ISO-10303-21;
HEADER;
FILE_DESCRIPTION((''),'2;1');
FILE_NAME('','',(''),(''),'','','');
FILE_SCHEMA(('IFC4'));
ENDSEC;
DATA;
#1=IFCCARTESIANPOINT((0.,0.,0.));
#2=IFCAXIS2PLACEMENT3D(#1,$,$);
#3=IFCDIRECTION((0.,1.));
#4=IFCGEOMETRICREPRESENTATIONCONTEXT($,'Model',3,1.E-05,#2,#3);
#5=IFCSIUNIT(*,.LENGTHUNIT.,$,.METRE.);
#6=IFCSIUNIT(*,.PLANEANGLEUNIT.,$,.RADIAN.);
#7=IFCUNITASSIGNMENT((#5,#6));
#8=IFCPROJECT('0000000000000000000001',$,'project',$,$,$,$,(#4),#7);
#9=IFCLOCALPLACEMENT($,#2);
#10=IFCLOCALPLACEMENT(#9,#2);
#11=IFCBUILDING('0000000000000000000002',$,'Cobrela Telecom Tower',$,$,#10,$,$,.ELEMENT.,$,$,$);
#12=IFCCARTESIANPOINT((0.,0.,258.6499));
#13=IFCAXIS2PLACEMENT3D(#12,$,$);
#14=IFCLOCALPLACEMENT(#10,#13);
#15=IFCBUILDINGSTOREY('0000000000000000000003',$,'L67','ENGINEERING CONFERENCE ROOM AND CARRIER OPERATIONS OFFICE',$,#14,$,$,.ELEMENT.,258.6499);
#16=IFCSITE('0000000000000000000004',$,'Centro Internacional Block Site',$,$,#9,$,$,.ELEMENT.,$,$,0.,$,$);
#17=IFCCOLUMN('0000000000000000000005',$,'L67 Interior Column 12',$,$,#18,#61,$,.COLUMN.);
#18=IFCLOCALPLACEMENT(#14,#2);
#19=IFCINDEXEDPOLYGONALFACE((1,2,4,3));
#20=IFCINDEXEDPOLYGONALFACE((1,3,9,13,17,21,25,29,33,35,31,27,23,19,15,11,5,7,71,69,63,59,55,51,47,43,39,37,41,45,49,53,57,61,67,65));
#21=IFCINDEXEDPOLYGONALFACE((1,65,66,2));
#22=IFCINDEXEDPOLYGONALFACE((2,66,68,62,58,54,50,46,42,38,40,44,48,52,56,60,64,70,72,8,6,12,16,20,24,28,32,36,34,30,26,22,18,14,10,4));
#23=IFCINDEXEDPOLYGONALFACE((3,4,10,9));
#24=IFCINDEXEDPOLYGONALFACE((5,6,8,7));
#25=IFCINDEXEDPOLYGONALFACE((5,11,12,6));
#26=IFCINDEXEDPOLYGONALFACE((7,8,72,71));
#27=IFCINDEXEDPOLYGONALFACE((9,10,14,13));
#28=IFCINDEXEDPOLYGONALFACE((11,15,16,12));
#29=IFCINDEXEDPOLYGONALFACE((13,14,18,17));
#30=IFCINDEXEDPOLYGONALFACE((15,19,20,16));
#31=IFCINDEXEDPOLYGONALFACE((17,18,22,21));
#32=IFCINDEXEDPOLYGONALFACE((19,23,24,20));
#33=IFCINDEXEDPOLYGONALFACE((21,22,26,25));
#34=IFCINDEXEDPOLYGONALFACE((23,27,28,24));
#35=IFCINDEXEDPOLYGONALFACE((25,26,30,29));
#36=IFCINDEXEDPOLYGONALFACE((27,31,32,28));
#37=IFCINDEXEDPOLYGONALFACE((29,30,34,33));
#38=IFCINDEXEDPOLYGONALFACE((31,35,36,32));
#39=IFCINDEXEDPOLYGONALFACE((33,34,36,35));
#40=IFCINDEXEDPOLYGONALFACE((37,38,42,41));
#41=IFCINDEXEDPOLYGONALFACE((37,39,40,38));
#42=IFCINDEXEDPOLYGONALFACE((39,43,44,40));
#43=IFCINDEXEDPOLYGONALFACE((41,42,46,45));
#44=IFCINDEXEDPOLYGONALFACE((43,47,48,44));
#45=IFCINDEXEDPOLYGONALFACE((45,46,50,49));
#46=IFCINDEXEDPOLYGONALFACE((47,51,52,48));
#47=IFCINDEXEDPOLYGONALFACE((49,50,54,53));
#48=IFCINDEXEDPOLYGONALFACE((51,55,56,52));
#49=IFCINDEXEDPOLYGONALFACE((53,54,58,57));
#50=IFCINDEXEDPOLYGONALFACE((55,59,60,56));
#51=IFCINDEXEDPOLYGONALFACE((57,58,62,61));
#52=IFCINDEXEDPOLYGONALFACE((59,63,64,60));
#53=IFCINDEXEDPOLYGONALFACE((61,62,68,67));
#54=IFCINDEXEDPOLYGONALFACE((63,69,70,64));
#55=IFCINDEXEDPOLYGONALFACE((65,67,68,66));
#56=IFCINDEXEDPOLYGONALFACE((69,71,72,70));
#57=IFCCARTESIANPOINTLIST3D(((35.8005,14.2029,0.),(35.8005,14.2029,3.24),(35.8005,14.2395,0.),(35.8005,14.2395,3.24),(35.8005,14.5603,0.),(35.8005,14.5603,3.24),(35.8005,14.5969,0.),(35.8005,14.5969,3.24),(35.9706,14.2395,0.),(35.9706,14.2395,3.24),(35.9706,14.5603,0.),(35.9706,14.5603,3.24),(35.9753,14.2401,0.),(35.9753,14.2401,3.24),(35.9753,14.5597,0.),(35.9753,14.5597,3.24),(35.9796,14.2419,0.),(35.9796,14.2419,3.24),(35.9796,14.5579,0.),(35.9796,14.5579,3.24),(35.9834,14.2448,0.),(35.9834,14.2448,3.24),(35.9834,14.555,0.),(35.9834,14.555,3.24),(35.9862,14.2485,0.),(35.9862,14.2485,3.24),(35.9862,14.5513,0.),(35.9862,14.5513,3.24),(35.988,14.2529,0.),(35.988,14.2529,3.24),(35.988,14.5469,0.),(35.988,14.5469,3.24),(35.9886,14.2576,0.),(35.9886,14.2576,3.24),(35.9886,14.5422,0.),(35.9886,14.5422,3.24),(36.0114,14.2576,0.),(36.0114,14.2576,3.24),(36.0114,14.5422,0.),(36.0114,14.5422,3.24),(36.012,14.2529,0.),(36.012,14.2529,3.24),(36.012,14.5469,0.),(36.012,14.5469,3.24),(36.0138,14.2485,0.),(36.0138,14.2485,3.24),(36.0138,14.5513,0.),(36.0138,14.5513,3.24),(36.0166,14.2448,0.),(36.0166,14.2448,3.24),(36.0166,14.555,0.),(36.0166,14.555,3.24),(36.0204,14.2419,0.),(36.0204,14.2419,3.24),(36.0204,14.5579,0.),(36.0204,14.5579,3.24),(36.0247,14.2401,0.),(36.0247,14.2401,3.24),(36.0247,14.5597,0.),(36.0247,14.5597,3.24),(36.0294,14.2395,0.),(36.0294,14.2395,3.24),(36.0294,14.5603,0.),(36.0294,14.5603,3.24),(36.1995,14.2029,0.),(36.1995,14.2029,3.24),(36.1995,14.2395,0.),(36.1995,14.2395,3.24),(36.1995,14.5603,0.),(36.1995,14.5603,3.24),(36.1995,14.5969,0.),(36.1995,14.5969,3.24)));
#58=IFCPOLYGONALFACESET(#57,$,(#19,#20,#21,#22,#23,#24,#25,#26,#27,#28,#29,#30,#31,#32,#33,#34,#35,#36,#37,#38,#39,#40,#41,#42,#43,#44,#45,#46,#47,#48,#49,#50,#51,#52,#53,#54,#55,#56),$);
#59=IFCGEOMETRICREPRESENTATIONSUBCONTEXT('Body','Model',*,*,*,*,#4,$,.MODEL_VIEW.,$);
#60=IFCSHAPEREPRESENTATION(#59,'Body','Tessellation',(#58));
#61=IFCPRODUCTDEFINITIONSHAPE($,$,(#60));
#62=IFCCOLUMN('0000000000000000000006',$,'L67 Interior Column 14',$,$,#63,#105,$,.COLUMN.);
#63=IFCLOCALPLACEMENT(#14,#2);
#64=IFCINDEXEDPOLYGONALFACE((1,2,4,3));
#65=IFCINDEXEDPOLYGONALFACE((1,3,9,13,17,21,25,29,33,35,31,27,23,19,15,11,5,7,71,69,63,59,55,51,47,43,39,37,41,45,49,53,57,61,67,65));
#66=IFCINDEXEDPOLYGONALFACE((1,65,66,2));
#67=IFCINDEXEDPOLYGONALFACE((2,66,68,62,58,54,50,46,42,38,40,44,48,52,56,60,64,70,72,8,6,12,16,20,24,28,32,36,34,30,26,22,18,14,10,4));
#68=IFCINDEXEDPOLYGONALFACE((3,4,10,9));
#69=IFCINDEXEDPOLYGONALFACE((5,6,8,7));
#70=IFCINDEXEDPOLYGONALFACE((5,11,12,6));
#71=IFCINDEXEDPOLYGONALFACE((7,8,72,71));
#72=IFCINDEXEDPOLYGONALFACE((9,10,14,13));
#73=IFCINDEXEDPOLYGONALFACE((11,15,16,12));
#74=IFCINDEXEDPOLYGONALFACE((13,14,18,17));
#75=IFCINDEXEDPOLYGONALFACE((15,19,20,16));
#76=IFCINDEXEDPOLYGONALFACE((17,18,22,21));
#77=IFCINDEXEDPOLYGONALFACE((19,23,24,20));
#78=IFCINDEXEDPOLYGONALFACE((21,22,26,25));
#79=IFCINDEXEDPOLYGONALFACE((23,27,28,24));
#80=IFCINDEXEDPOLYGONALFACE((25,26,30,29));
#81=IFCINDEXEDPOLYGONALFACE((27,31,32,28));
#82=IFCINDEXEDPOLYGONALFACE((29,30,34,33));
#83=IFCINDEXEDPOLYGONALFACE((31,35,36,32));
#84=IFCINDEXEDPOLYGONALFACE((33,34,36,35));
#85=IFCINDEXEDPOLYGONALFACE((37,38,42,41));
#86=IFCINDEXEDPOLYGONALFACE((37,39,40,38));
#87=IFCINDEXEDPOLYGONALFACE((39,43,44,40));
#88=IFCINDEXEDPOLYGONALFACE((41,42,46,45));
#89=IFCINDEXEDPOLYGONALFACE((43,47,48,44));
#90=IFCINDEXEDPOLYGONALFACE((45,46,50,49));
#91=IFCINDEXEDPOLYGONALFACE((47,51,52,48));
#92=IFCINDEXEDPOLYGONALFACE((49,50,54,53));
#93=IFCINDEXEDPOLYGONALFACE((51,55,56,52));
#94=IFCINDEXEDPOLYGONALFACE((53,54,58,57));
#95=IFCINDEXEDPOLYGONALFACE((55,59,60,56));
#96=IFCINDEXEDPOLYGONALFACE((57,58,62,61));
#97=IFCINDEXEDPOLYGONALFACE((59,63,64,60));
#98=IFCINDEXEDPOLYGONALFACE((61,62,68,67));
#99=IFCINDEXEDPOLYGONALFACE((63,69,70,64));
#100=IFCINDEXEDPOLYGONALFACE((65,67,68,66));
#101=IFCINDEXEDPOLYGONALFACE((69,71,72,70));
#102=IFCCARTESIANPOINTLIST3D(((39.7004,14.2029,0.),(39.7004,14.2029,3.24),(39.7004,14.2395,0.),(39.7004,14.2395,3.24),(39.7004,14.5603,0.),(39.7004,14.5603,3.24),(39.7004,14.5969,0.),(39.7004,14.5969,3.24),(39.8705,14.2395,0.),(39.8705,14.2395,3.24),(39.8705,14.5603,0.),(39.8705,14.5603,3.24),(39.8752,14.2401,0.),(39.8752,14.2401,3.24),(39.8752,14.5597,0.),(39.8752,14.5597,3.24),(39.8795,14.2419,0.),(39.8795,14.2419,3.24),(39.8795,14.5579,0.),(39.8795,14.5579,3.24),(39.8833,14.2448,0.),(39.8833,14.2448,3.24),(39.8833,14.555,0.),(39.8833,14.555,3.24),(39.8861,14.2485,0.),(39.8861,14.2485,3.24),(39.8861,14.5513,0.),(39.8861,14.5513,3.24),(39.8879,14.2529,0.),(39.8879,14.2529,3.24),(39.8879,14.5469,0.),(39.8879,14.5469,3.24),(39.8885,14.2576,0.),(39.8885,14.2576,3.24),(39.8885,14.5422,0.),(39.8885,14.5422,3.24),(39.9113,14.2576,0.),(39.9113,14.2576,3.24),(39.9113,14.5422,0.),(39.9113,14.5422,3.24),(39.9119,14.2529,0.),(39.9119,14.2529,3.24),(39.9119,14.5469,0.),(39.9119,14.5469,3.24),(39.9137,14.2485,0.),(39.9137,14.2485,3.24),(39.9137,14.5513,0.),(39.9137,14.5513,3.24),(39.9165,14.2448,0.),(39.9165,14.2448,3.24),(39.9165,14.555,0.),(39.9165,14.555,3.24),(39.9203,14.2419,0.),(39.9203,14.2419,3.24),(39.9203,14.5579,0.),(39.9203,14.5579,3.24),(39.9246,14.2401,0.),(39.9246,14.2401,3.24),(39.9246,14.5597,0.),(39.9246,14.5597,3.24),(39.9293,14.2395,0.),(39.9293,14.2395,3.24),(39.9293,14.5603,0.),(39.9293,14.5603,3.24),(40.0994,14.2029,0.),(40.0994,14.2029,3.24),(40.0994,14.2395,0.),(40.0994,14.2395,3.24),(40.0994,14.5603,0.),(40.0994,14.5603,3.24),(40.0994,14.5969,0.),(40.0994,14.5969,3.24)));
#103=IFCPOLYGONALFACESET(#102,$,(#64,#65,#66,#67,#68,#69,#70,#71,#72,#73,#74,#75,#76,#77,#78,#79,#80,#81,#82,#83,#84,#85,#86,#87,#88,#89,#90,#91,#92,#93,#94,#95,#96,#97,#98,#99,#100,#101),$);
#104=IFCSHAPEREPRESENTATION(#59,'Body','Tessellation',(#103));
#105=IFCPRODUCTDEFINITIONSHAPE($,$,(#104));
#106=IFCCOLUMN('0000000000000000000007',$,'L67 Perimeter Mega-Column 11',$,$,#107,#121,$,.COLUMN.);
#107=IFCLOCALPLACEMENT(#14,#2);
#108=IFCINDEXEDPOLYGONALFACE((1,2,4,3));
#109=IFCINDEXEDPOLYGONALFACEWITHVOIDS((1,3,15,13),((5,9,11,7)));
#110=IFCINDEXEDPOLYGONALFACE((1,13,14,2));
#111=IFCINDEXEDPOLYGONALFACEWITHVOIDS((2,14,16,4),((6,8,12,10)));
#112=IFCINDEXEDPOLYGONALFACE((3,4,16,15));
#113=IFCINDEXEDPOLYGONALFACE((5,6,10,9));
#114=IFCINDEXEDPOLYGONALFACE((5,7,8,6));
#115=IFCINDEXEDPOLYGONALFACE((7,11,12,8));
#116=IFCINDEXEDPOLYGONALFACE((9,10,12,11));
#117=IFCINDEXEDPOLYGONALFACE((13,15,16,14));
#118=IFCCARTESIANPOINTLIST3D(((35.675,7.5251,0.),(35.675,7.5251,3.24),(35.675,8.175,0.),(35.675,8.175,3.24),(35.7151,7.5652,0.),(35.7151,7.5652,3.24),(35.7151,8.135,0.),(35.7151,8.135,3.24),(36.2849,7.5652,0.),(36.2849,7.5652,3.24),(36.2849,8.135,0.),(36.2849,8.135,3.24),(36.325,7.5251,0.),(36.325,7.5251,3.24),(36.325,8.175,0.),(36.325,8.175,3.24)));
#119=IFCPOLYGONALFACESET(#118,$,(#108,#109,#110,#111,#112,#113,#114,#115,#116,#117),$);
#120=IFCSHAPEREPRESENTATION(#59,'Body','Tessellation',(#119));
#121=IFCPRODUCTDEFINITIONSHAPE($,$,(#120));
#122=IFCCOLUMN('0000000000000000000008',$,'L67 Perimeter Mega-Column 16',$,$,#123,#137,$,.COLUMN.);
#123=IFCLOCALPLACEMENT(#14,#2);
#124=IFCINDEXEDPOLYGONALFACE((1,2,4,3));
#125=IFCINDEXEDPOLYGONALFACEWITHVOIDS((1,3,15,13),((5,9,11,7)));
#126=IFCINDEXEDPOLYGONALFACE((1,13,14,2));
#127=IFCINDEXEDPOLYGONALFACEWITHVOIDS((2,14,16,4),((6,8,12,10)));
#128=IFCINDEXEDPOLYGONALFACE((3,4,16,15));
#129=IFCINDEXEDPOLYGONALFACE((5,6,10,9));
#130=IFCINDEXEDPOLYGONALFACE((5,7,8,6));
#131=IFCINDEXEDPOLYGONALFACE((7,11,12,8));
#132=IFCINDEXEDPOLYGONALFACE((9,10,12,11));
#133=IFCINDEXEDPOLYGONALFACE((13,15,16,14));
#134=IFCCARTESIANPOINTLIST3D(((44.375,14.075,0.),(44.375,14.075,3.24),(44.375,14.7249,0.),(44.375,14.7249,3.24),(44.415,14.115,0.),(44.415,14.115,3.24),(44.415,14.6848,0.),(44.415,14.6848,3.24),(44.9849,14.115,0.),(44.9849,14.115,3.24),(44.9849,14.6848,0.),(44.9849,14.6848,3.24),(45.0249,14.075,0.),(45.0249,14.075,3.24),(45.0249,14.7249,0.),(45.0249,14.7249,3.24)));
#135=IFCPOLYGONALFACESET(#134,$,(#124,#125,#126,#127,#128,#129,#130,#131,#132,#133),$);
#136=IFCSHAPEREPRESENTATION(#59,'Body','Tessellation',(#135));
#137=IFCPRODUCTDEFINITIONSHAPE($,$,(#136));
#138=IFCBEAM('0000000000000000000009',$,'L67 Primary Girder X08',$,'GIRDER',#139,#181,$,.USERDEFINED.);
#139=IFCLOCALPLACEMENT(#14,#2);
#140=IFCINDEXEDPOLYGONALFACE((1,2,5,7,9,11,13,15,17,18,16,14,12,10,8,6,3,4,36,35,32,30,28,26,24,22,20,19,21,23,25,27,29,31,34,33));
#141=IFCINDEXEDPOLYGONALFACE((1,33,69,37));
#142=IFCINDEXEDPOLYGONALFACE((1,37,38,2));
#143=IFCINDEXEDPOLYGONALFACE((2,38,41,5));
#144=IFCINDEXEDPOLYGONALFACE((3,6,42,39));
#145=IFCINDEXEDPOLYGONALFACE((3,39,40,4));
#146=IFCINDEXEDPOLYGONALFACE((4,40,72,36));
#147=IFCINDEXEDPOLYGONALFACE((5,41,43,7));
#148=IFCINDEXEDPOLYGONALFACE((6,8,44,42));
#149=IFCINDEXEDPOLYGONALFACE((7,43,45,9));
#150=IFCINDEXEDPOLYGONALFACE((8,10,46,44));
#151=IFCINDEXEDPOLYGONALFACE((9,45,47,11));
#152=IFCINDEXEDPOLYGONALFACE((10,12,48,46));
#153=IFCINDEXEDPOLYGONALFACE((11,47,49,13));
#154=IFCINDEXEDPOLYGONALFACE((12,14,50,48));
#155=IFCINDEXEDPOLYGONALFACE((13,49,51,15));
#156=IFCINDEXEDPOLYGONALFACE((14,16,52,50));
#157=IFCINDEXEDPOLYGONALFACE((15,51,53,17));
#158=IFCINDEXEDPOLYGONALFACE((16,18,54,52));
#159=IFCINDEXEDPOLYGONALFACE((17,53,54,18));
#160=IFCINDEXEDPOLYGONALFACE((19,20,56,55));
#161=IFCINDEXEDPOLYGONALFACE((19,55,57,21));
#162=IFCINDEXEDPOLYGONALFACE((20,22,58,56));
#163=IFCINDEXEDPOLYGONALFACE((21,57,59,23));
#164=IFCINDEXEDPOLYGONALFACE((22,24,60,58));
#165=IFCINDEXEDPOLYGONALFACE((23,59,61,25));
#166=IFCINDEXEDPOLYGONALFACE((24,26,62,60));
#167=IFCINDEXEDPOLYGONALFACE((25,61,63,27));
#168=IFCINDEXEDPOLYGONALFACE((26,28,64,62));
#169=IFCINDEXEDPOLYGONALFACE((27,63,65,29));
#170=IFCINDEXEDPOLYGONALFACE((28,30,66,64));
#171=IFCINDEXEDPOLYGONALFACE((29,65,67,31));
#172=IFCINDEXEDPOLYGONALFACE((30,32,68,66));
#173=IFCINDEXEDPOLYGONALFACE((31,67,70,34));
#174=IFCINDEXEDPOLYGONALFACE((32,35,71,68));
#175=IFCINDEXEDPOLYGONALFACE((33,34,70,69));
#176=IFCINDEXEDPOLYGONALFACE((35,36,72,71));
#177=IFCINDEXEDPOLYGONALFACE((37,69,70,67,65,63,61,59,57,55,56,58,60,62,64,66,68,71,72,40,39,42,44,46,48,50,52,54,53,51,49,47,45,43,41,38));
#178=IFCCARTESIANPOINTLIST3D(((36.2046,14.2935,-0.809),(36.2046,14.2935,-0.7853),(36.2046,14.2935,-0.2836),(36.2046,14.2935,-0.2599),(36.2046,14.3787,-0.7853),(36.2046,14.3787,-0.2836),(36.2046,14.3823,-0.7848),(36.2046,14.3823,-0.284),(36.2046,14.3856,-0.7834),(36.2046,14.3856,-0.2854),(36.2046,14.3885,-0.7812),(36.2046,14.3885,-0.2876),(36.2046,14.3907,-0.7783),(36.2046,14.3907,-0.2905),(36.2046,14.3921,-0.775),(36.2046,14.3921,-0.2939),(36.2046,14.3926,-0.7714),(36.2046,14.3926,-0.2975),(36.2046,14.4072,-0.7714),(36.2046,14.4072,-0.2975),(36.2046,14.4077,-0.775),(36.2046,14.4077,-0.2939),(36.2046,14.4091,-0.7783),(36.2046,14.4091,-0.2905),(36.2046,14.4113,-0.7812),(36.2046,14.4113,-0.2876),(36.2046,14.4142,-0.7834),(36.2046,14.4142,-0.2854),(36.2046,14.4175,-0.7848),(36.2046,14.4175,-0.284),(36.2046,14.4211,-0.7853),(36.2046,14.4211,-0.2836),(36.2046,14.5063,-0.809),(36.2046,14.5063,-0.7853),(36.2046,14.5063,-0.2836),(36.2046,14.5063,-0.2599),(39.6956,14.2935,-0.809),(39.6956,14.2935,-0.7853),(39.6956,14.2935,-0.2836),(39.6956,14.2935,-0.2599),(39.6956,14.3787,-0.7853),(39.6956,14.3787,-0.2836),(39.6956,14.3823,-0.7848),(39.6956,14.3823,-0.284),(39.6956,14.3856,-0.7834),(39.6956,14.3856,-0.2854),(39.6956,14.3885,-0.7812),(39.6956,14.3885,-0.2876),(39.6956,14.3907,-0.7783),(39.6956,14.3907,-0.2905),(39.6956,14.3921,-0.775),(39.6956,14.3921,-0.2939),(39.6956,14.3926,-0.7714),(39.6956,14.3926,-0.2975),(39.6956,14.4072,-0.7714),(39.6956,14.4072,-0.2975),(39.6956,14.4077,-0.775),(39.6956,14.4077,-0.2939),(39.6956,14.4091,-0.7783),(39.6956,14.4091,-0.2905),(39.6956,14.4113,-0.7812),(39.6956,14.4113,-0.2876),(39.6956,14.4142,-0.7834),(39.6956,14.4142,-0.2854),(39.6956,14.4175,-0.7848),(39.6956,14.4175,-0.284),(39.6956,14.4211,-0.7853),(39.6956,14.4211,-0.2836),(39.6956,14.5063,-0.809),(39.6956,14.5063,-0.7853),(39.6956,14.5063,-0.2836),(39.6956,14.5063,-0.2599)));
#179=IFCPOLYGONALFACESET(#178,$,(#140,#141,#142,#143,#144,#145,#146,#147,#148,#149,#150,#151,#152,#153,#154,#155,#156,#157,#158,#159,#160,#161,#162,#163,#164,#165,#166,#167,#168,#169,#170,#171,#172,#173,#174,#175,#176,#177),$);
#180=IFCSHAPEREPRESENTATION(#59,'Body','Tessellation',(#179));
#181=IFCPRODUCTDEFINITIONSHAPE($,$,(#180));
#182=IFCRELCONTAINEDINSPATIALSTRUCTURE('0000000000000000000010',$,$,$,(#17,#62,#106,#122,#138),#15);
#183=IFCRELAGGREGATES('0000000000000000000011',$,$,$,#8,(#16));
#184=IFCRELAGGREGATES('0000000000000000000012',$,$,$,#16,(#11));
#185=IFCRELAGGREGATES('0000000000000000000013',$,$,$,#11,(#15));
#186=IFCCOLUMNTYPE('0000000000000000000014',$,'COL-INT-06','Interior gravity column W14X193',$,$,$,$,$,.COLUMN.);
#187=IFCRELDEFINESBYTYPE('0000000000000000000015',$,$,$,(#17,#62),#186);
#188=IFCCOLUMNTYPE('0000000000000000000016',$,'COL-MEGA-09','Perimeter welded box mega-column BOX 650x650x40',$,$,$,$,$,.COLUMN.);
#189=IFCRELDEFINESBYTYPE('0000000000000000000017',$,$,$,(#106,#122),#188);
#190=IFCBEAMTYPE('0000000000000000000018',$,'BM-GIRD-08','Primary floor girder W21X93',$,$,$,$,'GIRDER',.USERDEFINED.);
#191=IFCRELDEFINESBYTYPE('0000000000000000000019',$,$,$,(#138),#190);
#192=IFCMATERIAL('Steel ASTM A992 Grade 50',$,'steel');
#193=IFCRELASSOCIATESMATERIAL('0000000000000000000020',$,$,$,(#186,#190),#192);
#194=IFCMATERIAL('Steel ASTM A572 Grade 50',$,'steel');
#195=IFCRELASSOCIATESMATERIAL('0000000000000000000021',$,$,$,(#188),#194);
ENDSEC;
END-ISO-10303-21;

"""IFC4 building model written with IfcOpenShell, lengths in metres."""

from ifc_helpers import new_model, si_unit, direction, frame, origin, origin_2d, place, context, subcontext, project, spatial, hollow_rectangle, i_section, extrude, material, material_profile, profile_set, type_object, element, save


model = new_model("IFC4")

# Units and contexts
model_context = context("Model", 3, precision=1e-05, world=origin(), true_north=direction((0.0, 1.0)))
body_context = subcontext(model_context, "Body", "Model", "MODEL_VIEW")
ifc_project = project(units=[si_unit("LENGTHUNIT", "METRE"), si_unit("PLANEANGLEUNIT", "RADIAN")], contexts=[model_context])

# Site, building, storey
site_placement = place(None, origin())
site = spatial("IfcSite", under=ifc_project, at=site_placement, Name="Centro Internacional Block Site", CompositionType="ELEMENT", RefElevation=0.0)
building_placement = place(site_placement, origin())
building = spatial("IfcBuilding", under=site, at=building_placement, Name="Cobrela Telecom Tower", CompositionType="ELEMENT")
storey_placement = place(building_placement, frame((0.0, 0.0, 258.6499)))
storey = spatial("IfcBuildingStorey", under=building, at=storey_placement, Name="L67", Description="ENGINEERING CONFERENCE ROOM AND CARRIER OPERATIONS OFFICE", CompositionType="ELEMENT", Elevation=258.6499)

# Columns
ifc_material_1 = material(Name="Steel ASTM A992 Grade 50", Category="steel")
ifc_material_profile_1 = material_profile(ifc_material_1, i_section(OverallWidth=0.3989, OverallDepth=0.394, WebThickness=0.0227, FlangeThickness=0.0366, FilletRadius=0.0181, at=origin_2d()), Name="W14X193")
ifc_profile_set_1 = profile_set([ifc_material_profile_1], Name="Steel ASTM A992 Grade 50")
column_type_1 = type_object("IfcColumnType", Name="COL-INT-06", Description="Interior gravity column W14X193", PredefinedType="COLUMN", material=ifc_profile_set_1)
for number, where, z_axis, x_axis, name in (
    (1, (36.0, 14.3999, 0.0), (0.0, 0.0, 1.0), (1.0, 0.0, 0.0), "L67 Interior Column 12"),
    (2, (39.8999, 14.3999, 0.0), (0.0, 0.0, 1.0), (1.0, 0.0, 0.0), "L67 Interior Column 14"),
):
    element("IfcColumn", number, at=place(storey_placement, frame(where, z_axis=z_axis, x_axis=x_axis)), inside=storey, type_object=column_type_1, Name=name, PredefinedType="COLUMN", context=body_context, shape_type="SweptSolid", body=[
        extrude(i_section(OverallWidth=0.3989, OverallDepth=0.394, WebThickness=0.0227, FlangeThickness=0.0366, FilletRadius=0.0181, at=origin_2d()), origin(), (0.0, 0.0, 1.0), 3.24),
    ])
ifc_material_2 = material(Name="Steel ASTM A572 Grade 50", Category="steel")
ifc_material_profile_2 = material_profile(ifc_material_2, hollow_rectangle(XDim=0.6499, YDim=0.6499, WallThickness=0.04, at=origin_2d()), Name="BOX 650x650x40")
ifc_profile_set_2 = profile_set([ifc_material_profile_2], Name="Steel ASTM A572 Grade 50")
column_type_2 = type_object("IfcColumnType", Name="COL-MEGA-09", Description="Perimeter welded box mega-column BOX 650x650x40", PredefinedType="COLUMN", material=ifc_profile_set_2)
for number, where, z_axis, x_axis, name in (
    (3, (36.0, 7.8501, 0.0), (0.0, 0.0, 1.0), (1.0, 0.0, 0.0), "L67 Perimeter Mega-Column 11"),
    (4, (44.7, 14.3999, 0.0), (0.0, 0.0, 1.0), (1.0, 0.0, 0.0), "L67 Perimeter Mega-Column 16"),
):
    element("IfcColumn", number, at=place(storey_placement, frame(where, z_axis=z_axis, x_axis=x_axis)), inside=storey, type_object=column_type_2, Name=name, PredefinedType="COLUMN", context=body_context, shape_type="SweptSolid", body=[
        extrude(hollow_rectangle(XDim=0.6499, YDim=0.6499, WallThickness=0.04, at=origin_2d()), origin(), (0.0, 0.0, 1.0), 3.24),
    ])

# Beam
ifc_material_profile_3 = material_profile(ifc_material_1, i_section(OverallWidth=0.2129, OverallDepth=0.5491, WebThickness=0.0146, FlangeThickness=0.0237, FilletRadius=0.0139, at=origin_2d()), Name="W21X93")
ifc_profile_set_3 = profile_set([ifc_material_profile_3], Name="Steel ASTM A992 Grade 50")
beam_type_1 = type_object("IfcBeamType", Name="BM-GIRD-08", Description="Primary floor girder W21X93", ElementType="GIRDER", PredefinedType="USERDEFINED", material=ifc_profile_set_3)
beam_1_placement = place(storey_placement, frame((36.2046, 14.3999, -0.5344), z_axis=(1.0, 0.0, 0.0), x_axis=(0.0, 1.0, 0.0)))
element("IfcBeam", 5, at=beam_1_placement, inside=storey, type_object=beam_type_1, Name="L67 Primary Girder X08", ObjectType="GIRDER", PredefinedType="USERDEFINED", context=body_context, shape_type="SweptSolid", body=[
    extrude(i_section(OverallWidth=0.2129, OverallDepth=0.5491, WebThickness=0.0146, FlangeThickness=0.0237, FilletRadius=0.0139, at=origin_2d()), origin(), (0.0, 0.0, 1.0), 3.491),
])

save(model, "model.ifc")
